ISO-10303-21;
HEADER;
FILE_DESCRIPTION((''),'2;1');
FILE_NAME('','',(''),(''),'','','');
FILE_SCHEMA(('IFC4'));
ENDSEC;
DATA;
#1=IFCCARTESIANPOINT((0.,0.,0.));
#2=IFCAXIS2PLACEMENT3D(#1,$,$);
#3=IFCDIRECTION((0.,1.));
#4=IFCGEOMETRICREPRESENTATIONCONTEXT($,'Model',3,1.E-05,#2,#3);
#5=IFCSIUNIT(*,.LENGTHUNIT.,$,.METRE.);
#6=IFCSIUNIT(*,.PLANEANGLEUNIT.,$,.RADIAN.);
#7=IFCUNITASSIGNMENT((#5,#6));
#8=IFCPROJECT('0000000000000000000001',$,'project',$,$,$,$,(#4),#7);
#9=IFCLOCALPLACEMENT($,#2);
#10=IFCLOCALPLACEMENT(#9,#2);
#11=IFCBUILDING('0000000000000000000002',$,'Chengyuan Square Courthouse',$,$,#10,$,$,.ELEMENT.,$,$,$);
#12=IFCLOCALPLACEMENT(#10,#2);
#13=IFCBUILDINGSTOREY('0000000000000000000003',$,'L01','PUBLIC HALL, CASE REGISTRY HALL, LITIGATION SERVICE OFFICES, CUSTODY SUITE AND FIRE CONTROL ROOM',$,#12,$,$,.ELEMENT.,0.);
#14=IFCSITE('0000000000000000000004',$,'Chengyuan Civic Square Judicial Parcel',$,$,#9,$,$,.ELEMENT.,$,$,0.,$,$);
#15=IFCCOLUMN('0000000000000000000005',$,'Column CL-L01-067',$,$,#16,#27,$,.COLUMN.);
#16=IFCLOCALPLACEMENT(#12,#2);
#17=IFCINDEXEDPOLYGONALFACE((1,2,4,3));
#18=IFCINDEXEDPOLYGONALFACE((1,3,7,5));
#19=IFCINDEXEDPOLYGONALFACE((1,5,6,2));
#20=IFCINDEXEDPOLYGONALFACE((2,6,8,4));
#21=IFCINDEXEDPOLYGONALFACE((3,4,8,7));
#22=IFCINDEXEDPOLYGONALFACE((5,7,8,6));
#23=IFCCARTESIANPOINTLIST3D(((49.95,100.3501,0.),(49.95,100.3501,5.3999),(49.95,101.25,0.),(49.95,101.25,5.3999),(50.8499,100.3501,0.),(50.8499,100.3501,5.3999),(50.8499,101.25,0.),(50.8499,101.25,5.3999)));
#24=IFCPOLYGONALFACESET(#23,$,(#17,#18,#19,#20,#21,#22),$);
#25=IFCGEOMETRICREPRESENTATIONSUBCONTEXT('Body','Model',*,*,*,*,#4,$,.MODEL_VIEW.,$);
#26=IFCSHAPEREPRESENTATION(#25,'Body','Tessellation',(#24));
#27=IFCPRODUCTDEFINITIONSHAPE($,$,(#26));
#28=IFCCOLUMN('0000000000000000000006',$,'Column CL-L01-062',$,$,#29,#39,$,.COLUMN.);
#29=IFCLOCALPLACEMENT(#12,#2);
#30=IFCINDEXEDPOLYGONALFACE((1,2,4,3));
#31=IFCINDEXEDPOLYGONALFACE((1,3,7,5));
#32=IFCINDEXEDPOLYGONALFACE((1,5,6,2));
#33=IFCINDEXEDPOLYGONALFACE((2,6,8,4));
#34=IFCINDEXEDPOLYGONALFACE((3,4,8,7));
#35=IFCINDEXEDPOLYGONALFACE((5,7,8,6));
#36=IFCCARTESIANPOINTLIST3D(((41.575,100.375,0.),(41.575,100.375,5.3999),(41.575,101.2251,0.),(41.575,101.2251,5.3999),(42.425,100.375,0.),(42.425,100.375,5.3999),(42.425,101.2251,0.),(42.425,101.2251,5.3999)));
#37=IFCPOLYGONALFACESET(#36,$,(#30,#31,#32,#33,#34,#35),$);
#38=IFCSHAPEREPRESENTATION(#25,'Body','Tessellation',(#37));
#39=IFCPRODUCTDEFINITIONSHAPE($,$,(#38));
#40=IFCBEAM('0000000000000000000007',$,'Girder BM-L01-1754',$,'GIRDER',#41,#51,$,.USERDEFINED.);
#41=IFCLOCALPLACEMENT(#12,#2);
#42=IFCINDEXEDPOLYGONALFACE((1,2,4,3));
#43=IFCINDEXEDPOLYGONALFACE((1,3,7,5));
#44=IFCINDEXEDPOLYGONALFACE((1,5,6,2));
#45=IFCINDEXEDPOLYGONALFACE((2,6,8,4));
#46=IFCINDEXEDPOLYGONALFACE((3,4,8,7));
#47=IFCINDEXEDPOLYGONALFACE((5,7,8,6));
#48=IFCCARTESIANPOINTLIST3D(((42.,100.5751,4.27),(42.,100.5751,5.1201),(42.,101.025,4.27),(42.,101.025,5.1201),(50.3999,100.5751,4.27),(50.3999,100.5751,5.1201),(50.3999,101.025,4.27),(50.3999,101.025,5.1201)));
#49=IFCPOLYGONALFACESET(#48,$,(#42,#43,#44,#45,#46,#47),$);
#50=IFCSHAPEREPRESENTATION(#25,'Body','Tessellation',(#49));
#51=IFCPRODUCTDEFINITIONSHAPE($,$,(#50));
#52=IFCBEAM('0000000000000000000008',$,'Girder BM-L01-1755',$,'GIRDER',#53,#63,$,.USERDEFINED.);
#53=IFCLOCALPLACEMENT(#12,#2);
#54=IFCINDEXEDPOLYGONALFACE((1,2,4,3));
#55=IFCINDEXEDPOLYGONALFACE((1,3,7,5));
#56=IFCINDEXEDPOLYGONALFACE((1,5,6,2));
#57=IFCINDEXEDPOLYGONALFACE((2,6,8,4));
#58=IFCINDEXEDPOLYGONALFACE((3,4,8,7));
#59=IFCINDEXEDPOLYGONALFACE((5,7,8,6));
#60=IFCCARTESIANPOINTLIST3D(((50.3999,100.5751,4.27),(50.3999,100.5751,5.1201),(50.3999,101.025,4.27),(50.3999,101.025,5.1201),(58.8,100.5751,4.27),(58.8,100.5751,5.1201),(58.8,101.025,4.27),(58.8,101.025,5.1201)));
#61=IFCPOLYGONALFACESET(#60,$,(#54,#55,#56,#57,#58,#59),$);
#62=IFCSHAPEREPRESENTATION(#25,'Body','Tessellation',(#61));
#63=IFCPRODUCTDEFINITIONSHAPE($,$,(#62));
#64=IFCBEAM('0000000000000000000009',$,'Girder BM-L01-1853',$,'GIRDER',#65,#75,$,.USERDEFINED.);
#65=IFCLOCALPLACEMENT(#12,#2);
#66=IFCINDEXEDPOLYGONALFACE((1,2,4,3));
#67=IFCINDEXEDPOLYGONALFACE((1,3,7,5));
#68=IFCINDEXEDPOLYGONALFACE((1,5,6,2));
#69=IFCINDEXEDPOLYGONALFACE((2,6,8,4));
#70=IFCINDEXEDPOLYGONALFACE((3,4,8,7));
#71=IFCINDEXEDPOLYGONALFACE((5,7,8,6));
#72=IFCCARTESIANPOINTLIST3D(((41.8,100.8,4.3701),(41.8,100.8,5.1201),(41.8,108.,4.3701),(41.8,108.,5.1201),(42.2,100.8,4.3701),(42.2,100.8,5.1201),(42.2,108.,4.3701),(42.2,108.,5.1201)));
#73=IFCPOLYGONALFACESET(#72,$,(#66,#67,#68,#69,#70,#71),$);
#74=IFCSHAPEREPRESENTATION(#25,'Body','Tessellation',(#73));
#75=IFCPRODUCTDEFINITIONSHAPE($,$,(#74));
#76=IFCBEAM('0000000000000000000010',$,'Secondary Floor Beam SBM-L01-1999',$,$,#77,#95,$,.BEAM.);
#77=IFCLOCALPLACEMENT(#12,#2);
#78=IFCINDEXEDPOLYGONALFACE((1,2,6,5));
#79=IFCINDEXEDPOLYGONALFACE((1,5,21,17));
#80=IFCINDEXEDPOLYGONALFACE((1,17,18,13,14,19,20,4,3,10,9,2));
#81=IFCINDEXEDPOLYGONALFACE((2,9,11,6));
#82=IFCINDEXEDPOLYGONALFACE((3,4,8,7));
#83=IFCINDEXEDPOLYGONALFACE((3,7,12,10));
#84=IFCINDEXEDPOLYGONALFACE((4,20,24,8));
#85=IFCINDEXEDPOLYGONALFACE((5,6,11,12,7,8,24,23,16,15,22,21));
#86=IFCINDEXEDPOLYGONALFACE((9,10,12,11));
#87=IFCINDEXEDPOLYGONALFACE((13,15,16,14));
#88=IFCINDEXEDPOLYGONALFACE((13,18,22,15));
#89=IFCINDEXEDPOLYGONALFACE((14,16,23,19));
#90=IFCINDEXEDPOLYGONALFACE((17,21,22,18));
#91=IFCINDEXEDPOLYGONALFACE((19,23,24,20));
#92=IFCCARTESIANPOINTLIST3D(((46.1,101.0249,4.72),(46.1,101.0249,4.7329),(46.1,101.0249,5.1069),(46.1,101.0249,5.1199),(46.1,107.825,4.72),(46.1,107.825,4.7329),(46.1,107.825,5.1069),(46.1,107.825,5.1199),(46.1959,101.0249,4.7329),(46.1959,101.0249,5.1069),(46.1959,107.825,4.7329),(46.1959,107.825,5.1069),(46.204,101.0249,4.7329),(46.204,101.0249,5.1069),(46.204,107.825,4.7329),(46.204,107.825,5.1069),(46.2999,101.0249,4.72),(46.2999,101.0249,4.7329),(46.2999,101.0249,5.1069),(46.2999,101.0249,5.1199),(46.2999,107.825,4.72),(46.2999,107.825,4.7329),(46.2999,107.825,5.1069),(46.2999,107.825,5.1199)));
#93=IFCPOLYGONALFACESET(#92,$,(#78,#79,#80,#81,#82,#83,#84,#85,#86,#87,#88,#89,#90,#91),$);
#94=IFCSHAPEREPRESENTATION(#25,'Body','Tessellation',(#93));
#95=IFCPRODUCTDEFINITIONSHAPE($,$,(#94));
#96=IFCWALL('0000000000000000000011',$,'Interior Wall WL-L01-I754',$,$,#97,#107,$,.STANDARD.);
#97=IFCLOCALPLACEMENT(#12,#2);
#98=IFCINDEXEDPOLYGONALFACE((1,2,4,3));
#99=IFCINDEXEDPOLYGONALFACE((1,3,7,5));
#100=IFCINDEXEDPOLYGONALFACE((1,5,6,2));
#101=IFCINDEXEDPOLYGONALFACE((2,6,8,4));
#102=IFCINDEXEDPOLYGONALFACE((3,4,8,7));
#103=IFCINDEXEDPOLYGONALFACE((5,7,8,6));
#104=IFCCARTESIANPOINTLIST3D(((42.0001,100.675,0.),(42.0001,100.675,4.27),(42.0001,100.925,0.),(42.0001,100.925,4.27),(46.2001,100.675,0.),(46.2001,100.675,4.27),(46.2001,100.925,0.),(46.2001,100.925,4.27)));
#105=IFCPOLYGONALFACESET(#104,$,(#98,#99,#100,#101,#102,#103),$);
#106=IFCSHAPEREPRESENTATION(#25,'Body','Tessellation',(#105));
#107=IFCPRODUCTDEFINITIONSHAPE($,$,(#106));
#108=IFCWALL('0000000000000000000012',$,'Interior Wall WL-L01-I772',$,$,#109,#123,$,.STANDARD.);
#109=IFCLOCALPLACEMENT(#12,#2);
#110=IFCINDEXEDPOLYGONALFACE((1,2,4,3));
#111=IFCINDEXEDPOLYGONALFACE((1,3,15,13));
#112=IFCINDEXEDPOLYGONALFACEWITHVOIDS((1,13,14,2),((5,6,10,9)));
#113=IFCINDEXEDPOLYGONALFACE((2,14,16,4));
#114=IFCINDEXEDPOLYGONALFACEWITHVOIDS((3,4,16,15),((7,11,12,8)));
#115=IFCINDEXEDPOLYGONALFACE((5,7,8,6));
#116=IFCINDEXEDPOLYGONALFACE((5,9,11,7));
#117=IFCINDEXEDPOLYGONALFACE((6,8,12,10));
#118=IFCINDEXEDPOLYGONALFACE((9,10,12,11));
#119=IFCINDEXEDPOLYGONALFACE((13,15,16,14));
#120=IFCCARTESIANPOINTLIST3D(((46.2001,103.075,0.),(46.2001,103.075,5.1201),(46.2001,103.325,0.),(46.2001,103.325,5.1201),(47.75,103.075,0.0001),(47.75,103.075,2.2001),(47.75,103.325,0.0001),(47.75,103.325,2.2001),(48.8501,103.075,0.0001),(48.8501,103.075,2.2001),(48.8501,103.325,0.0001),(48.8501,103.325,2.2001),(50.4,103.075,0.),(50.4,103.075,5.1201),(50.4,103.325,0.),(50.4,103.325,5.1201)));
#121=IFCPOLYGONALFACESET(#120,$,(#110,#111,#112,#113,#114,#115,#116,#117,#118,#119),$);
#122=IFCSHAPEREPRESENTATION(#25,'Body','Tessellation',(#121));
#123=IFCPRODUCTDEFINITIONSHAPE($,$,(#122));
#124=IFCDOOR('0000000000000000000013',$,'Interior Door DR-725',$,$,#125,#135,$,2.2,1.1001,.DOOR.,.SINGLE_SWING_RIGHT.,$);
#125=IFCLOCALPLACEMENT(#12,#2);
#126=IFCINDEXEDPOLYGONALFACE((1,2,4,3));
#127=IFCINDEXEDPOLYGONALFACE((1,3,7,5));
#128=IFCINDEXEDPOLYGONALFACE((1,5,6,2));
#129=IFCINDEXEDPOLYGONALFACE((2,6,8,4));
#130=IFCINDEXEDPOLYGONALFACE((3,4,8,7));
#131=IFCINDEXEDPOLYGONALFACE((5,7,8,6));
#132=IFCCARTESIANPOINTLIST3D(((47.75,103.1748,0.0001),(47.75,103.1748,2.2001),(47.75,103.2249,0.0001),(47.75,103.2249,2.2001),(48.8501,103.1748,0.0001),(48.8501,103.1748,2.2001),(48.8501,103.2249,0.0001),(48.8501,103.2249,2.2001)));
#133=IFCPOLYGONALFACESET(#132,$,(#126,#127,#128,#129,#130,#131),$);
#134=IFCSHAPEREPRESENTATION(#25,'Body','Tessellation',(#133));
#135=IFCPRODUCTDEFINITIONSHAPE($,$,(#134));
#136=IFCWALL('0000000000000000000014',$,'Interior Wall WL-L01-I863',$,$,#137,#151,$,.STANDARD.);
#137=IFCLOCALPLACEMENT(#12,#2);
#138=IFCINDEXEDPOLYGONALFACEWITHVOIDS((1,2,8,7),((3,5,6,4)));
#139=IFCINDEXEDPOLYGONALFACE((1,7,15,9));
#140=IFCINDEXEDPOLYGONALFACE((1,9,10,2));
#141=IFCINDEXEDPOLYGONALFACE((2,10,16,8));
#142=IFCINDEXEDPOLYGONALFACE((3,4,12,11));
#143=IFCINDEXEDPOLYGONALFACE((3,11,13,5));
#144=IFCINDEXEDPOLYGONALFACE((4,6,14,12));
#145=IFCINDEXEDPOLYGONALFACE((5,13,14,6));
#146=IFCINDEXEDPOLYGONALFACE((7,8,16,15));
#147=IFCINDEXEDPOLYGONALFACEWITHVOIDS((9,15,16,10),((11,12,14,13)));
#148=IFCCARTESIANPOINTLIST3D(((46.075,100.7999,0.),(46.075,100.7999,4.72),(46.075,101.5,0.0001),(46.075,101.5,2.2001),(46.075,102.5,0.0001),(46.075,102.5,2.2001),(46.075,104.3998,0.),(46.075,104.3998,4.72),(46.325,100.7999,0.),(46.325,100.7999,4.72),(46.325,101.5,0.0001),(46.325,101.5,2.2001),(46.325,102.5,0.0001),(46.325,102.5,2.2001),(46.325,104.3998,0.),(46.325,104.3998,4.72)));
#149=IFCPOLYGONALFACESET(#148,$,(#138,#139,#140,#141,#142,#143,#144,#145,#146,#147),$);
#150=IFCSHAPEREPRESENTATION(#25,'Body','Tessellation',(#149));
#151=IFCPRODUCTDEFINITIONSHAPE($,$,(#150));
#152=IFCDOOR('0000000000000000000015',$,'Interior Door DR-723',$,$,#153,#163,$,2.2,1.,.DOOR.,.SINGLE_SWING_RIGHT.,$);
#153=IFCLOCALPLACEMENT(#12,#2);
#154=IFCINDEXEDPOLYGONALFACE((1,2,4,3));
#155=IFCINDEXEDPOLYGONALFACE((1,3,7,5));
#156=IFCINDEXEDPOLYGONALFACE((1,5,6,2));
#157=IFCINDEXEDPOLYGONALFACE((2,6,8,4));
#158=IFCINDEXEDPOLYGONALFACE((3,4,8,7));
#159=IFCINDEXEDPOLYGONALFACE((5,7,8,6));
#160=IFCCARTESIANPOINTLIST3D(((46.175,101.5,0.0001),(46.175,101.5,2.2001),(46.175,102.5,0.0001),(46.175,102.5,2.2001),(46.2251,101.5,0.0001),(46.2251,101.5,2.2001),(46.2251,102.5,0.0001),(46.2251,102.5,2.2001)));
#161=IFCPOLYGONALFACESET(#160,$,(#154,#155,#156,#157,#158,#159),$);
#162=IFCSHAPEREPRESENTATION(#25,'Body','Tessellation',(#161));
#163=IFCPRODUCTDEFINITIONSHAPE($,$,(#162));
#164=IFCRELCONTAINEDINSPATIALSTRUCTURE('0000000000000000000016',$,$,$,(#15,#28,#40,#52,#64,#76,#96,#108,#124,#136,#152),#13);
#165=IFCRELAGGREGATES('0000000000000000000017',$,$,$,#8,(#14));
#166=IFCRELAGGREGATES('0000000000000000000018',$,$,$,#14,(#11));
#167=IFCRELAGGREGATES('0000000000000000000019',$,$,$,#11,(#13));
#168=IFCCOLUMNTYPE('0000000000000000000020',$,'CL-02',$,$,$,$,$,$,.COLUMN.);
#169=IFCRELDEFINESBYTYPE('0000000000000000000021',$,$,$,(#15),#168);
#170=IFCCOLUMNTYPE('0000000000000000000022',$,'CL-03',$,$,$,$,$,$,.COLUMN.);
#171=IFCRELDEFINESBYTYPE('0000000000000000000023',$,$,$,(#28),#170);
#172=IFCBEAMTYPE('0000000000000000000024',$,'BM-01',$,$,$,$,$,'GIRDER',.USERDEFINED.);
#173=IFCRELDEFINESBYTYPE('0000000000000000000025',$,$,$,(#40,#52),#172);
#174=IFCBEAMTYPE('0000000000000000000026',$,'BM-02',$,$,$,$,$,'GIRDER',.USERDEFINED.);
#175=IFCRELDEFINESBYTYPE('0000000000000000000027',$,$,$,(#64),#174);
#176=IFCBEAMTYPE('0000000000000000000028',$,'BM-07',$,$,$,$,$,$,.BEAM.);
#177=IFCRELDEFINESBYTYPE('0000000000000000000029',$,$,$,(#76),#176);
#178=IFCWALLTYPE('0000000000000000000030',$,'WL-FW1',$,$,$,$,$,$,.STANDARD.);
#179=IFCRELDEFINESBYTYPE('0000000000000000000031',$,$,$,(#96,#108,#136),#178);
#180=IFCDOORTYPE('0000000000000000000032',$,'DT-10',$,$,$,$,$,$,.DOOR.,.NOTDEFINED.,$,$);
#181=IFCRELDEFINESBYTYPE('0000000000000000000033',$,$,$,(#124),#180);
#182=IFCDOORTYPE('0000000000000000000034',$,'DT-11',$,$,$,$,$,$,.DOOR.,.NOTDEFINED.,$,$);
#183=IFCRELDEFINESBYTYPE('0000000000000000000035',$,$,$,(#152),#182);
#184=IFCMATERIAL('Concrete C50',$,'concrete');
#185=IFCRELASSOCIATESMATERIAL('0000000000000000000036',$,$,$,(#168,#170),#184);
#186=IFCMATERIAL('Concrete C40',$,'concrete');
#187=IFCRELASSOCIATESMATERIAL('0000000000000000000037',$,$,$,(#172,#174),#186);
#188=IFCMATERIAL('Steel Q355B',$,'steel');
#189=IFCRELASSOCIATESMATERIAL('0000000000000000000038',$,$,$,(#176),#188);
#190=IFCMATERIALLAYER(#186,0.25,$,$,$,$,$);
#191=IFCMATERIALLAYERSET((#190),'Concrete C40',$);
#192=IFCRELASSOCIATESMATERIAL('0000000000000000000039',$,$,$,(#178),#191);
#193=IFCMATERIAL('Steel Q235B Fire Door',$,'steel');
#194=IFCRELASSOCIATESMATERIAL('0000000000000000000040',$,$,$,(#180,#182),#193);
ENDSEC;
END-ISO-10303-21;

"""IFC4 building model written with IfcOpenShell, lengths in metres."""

from ifc_helpers import new_model, si_unit, direction, frame, frame_2d, origin, origin_2d, place, context, subcontext, project, spatial, rectangle, i_section, extrude, material, layer, layer_set, material_profile, profile_set, type_object, element, fill, save


model = new_model("IFC4")

# Units and contexts
model_context = context("Model", 3, precision=1e-05, world=origin(), true_north=direction((0.0, 1.0)))
body_context = subcontext(model_context, "Body", "Model", "MODEL_VIEW")
ifc_project = project(units=[si_unit("LENGTHUNIT", "METRE"), si_unit("PLANEANGLEUNIT", "RADIAN")], contexts=[model_context])

# Site, building, storey
site_placement = place(None, origin())
site = spatial("IfcSite", under=ifc_project, at=site_placement, Name="Chengyuan Civic Square Judicial Parcel", CompositionType="ELEMENT", RefElevation=0.0)
building_placement = place(site_placement, origin())
building = spatial("IfcBuilding", under=site, at=building_placement, Name="Chengyuan Square Courthouse", CompositionType="ELEMENT")
storey_placement = place(building_placement, origin())
storey = spatial("IfcBuildingStorey", under=building, at=storey_placement, Name="L01", Description="PUBLIC HALL, CASE REGISTRY HALL, LITIGATION SERVICE OFFICES, CUSTODY SUITE AND FIRE CONTROL ROOM", CompositionType="ELEMENT", Elevation=0.0)

# Columns
ifc_material_1 = material(Name="Concrete C50", Category="concrete")
ifc_material_profile_1 = material_profile(ifc_material_1, rectangle(XDim=0.8999, YDim=0.8999, at=origin_2d()), Name="RC-COL-900x900")
ifc_profile_set_1 = profile_set([ifc_material_profile_1], Name="Concrete C50")
column_type_1 = type_object("IfcColumnType", Name="CL-02", PredefinedType="COLUMN", material=ifc_profile_set_1)
column_1_placement = place(storey_placement, frame((50.3999, 100.8, 0.0), z_axis=(0.0, 0.0, 1.0), x_axis=(1.0, 0.0, 0.0)))
element("IfcColumn", 1, at=column_1_placement, inside=storey, type_object=column_type_1, Name="Column CL-L01-067", PredefinedType="COLUMN", context=body_context, shape_type="SweptSolid", body=[
    extrude(rectangle(XDim=0.8999, YDim=0.8999, at=origin_2d()), origin(), (0.0, 0.0, 1.0), 5.3999),
])
ifc_material_profile_2 = material_profile(ifc_material_1, rectangle(XDim=0.8501, YDim=0.8501, at=origin_2d()), Name="RC-COL-850x850")
ifc_profile_set_2 = profile_set([ifc_material_profile_2], Name="Concrete C50")
column_type_2 = type_object("IfcColumnType", Name="CL-03", PredefinedType="COLUMN", material=ifc_profile_set_2)
column_2_placement = place(storey_placement, frame((42.0, 100.8, 0.0), z_axis=(0.0, 0.0, 1.0), x_axis=(1.0, 0.0, 0.0)))
element("IfcColumn", 2, at=column_2_placement, inside=storey, type_object=column_type_2, Name="Column CL-L01-062", PredefinedType="COLUMN", context=body_context, shape_type="SweptSolid", body=[
    extrude(rectangle(XDim=0.8501, YDim=0.8501, at=origin_2d()), origin(), (0.0, 0.0, 1.0), 5.3999),
])

# Beams
ifc_material_2 = material(Name="Concrete C40", Category="concrete")
ifc_material_profile_3 = material_profile(ifc_material_2, rectangle(XDim=0.45, YDim=0.8501, at=origin_2d()), Name="RC-BM-450x850")
ifc_profile_set_3 = profile_set([ifc_material_profile_3], Name="Concrete C40")
beam_type_1 = type_object("IfcBeamType", Name="BM-01", ElementType="GIRDER", PredefinedType="USERDEFINED", material=ifc_profile_set_3)
beam_1_placement = place(storey_placement, frame((42.0, 100.8, 4.6951), z_axis=(1.0, 0.0, 0.0), x_axis=(0.0, 1.0, 0.0)))
element("IfcBeam", 3, at=beam_1_placement, inside=storey, type_object=beam_type_1, Name="Girder BM-L01-1754", ObjectType="GIRDER", PredefinedType="USERDEFINED", context=body_context, shape_type="SweptSolid", body=[
    extrude(rectangle(XDim=0.45, YDim=0.8501, at=origin_2d()), origin(), (0.0, 0.0, 1.0), 8.3999),
])
beam_2_placement = place(storey_placement, frame((50.3999, 100.8, 4.6951), z_axis=(1.0, 0.0, 0.0), x_axis=(0.0, 1.0, 0.0)))
element("IfcBeam", 4, at=beam_2_placement, inside=storey, type_object=beam_type_1, Name="Girder BM-L01-1755", ObjectType="GIRDER", PredefinedType="USERDEFINED", context=body_context, shape_type="SweptSolid", body=[
    extrude(rectangle(XDim=0.45, YDim=0.8501, at=origin_2d()), origin(), (0.0, 0.0, 1.0), 8.4001),
])
ifc_material_profile_4 = material_profile(ifc_material_2, rectangle(XDim=0.3999, YDim=0.75, at=origin_2d()), Name="RC-BM-400x750")
ifc_profile_set_4 = profile_set([ifc_material_profile_4], Name="Concrete C40")
beam_type_2 = type_object("IfcBeamType", Name="BM-02", ElementType="GIRDER", PredefinedType="USERDEFINED", material=ifc_profile_set_4)
beam_3_placement = place(storey_placement, frame((42.0, 100.8, 4.7451), z_axis=(0.0, 1.0, 0.0), x_axis=(-1.0, 0.0, 0.0)))
element("IfcBeam", 5, at=beam_3_placement, inside=storey, type_object=beam_type_2, Name="Girder BM-L01-1853", ObjectType="GIRDER", PredefinedType="USERDEFINED", context=body_context, shape_type="SweptSolid", body=[
    extrude(rectangle(XDim=0.3999, YDim=0.75, at=origin_2d()), origin(), (0.0, 0.0, 1.0), 7.2),
])
ifc_material_3 = material(Name="Steel Q355B", Category="steel")
ifc_material_profile_5 = material_profile(ifc_material_3, i_section(OverallWidth=0.2, OverallDepth=0.3999, WebThickness=0.0081, FlangeThickness=0.0129, at=origin_2d()), Name="HN 400x200x8x13")
ifc_profile_set_5 = profile_set([ifc_material_profile_5], Name="Steel Q355B")
beam_type_3 = type_object("IfcBeamType", Name="BM-07", PredefinedType="BEAM", material=ifc_profile_set_5)
beam_4_placement = place(storey_placement, frame((46.2, 101.0249, 4.9199), z_axis=(0.0, 1.0, 0.0), x_axis=(-1.0, 0.0, 0.0)))
element("IfcBeam", 6, at=beam_4_placement, inside=storey, type_object=beam_type_3, Name="Secondary Floor Beam SBM-L01-1999", PredefinedType="BEAM", context=body_context, shape_type="SweptSolid", body=[
    extrude(i_section(OverallWidth=0.2, OverallDepth=0.3999, WebThickness=0.0081, FlangeThickness=0.0129, at=origin_2d()), origin(), (0.0, 0.0, 1.0), 6.8),
])

# Wall
ifc_layer_1 = layer(ifc_material_2, 0.25)
ifc_layer_set_1 = layer_set([ifc_layer_1], Name="Concrete C40")
wall_type_1 = type_object("IfcWallType", Name="WL-FW1", PredefinedType="STANDARD", material=ifc_layer_set_1)
wall_1_placement = place(storey_placement, frame((42.0, 100.8, 0.0), z_axis=(0.0, 0.0, 1.0), x_axis=(1.0, 0.0, 0.0)))
element("IfcWall", 7, at=wall_1_placement, inside=storey, type_object=wall_type_1, Name="Interior Wall WL-L01-I754", PredefinedType="STANDARD", context=body_context, shape_type="SweptSolid", body=[
    extrude(rectangle(XDim=4.2, YDim=0.25, at=frame_2d((2.1001, 0.0))), origin(), (0.0, 0.0, 1.0), 4.27),
])

# Walls, openings, doors
wall_2_placement = place(storey_placement, frame((46.2, 103.2, 0.0), z_axis=(0.0, 0.0, 1.0), x_axis=(1.0, 0.0, 0.0)))
wall_2 = element("IfcWall", 8, at=wall_2_placement, inside=storey, type_object=wall_type_1, Name="Interior Wall WL-L01-I772", PredefinedType="STANDARD", context=body_context, shape_type="SweptSolid", body=[
    extrude(rectangle(XDim=4.2, YDim=0.25, at=frame_2d((2.1001, 0.0))), origin(), (0.0, 0.0, 1.0), 5.1201),
])
opening_1_placement = place(wall_2_placement, frame((1.55, 0.0, 0.0)))
opening_1 = element("IfcOpeningElement", 9, at=opening_1_placement, cuts=wall_2, PredefinedType="OPENING", context=body_context, shape_type="SweptSolid", body=[
    extrude(rectangle(XDim=1.1001, YDim=2.2, at=frame_2d((0.55, 1.1001))), frame((0.0, 0.137, 0.0), z_axis=(0.0, -1.0, 0.0), x_axis=(1.0, 0.0, 0.0)), (0.0, 0.0, 1.0), 0.2739),
])
ifc_material_4 = material(Name="Steel Q235B Fire Door", Category="steel")
door_type_1 = type_object("IfcDoorType", Name="DT-10", OperationType="NOTDEFINED", PredefinedType="DOOR", material=ifc_material_4)
door_1_placement = place(opening_1_placement, origin())
door_1 = element("IfcDoor", 10, at=door_1_placement, inside=storey, type_object=door_type_1, Name="Interior Door DR-725", OperationType="SINGLE_SWING_RIGHT", OverallHeight=2.2, OverallWidth=1.1001, PredefinedType="DOOR", context=body_context, shape_type="SweptSolid", body=[
    extrude(rectangle(XDim=1.1001, YDim=2.2, at=frame_2d((0.55, 1.1001))), frame((0.0, 0.0249, 0.0), z_axis=(0.0, -1.0, 0.0), x_axis=(1.0, 0.0, 0.0)), (0.0, 0.0, 1.0), 0.05),
])
fill(opening_1, door_1)
wall_3_placement = place(storey_placement, frame((46.2, 100.8, 0.0), z_axis=(0.0, 0.0, 1.0), x_axis=(0.0, 1.0, 0.0)))
wall_3 = element("IfcWall", 11, at=wall_3_placement, inside=storey, type_object=wall_type_1, Name="Interior Wall WL-L01-I863", PredefinedType="STANDARD", context=body_context, shape_type="SweptSolid", body=[
    extrude(rectangle(XDim=3.5999, YDim=0.25, at=frame_2d((1.7998, 0.0))), origin(), (0.0, 0.0, 1.0), 4.72),
])
opening_2_placement = place(wall_3_placement, frame((0.7, 0.0, 0.0)))
opening_2 = element("IfcOpeningElement", 12, at=opening_2_placement, cuts=wall_3, PredefinedType="OPENING", context=body_context, shape_type="SweptSolid", body=[
    extrude(rectangle(XDim=1.0, YDim=2.2, at=frame_2d((0.5, 1.1001))), frame((0.0, 0.137, 0.0), z_axis=(0.0, -1.0, 0.0), x_axis=(1.0, 0.0, 0.0)), (0.0, 0.0, 1.0), 0.2739),
])
door_type_2 = type_object("IfcDoorType", Name="DT-11", OperationType="NOTDEFINED", PredefinedType="DOOR", material=ifc_material_4)
door_2_placement = place(opening_2_placement, origin())
door_2 = element("IfcDoor", 13, at=door_2_placement, inside=storey, type_object=door_type_2, Name="Interior Door DR-723", OperationType="SINGLE_SWING_RIGHT", OverallHeight=2.2, OverallWidth=1.0, PredefinedType="DOOR", context=body_context, shape_type="SweptSolid", body=[
    extrude(rectangle(XDim=1.0, YDim=2.2, at=frame_2d((0.5, 1.1001))), frame((0.0, 0.0249, 0.0), z_axis=(0.0, -1.0, 0.0), x_axis=(1.0, 0.0, 0.0)), (0.0, 0.0, 1.0), 0.05),
])
fill(opening_2, door_2)

save(model, "model.ifc")
